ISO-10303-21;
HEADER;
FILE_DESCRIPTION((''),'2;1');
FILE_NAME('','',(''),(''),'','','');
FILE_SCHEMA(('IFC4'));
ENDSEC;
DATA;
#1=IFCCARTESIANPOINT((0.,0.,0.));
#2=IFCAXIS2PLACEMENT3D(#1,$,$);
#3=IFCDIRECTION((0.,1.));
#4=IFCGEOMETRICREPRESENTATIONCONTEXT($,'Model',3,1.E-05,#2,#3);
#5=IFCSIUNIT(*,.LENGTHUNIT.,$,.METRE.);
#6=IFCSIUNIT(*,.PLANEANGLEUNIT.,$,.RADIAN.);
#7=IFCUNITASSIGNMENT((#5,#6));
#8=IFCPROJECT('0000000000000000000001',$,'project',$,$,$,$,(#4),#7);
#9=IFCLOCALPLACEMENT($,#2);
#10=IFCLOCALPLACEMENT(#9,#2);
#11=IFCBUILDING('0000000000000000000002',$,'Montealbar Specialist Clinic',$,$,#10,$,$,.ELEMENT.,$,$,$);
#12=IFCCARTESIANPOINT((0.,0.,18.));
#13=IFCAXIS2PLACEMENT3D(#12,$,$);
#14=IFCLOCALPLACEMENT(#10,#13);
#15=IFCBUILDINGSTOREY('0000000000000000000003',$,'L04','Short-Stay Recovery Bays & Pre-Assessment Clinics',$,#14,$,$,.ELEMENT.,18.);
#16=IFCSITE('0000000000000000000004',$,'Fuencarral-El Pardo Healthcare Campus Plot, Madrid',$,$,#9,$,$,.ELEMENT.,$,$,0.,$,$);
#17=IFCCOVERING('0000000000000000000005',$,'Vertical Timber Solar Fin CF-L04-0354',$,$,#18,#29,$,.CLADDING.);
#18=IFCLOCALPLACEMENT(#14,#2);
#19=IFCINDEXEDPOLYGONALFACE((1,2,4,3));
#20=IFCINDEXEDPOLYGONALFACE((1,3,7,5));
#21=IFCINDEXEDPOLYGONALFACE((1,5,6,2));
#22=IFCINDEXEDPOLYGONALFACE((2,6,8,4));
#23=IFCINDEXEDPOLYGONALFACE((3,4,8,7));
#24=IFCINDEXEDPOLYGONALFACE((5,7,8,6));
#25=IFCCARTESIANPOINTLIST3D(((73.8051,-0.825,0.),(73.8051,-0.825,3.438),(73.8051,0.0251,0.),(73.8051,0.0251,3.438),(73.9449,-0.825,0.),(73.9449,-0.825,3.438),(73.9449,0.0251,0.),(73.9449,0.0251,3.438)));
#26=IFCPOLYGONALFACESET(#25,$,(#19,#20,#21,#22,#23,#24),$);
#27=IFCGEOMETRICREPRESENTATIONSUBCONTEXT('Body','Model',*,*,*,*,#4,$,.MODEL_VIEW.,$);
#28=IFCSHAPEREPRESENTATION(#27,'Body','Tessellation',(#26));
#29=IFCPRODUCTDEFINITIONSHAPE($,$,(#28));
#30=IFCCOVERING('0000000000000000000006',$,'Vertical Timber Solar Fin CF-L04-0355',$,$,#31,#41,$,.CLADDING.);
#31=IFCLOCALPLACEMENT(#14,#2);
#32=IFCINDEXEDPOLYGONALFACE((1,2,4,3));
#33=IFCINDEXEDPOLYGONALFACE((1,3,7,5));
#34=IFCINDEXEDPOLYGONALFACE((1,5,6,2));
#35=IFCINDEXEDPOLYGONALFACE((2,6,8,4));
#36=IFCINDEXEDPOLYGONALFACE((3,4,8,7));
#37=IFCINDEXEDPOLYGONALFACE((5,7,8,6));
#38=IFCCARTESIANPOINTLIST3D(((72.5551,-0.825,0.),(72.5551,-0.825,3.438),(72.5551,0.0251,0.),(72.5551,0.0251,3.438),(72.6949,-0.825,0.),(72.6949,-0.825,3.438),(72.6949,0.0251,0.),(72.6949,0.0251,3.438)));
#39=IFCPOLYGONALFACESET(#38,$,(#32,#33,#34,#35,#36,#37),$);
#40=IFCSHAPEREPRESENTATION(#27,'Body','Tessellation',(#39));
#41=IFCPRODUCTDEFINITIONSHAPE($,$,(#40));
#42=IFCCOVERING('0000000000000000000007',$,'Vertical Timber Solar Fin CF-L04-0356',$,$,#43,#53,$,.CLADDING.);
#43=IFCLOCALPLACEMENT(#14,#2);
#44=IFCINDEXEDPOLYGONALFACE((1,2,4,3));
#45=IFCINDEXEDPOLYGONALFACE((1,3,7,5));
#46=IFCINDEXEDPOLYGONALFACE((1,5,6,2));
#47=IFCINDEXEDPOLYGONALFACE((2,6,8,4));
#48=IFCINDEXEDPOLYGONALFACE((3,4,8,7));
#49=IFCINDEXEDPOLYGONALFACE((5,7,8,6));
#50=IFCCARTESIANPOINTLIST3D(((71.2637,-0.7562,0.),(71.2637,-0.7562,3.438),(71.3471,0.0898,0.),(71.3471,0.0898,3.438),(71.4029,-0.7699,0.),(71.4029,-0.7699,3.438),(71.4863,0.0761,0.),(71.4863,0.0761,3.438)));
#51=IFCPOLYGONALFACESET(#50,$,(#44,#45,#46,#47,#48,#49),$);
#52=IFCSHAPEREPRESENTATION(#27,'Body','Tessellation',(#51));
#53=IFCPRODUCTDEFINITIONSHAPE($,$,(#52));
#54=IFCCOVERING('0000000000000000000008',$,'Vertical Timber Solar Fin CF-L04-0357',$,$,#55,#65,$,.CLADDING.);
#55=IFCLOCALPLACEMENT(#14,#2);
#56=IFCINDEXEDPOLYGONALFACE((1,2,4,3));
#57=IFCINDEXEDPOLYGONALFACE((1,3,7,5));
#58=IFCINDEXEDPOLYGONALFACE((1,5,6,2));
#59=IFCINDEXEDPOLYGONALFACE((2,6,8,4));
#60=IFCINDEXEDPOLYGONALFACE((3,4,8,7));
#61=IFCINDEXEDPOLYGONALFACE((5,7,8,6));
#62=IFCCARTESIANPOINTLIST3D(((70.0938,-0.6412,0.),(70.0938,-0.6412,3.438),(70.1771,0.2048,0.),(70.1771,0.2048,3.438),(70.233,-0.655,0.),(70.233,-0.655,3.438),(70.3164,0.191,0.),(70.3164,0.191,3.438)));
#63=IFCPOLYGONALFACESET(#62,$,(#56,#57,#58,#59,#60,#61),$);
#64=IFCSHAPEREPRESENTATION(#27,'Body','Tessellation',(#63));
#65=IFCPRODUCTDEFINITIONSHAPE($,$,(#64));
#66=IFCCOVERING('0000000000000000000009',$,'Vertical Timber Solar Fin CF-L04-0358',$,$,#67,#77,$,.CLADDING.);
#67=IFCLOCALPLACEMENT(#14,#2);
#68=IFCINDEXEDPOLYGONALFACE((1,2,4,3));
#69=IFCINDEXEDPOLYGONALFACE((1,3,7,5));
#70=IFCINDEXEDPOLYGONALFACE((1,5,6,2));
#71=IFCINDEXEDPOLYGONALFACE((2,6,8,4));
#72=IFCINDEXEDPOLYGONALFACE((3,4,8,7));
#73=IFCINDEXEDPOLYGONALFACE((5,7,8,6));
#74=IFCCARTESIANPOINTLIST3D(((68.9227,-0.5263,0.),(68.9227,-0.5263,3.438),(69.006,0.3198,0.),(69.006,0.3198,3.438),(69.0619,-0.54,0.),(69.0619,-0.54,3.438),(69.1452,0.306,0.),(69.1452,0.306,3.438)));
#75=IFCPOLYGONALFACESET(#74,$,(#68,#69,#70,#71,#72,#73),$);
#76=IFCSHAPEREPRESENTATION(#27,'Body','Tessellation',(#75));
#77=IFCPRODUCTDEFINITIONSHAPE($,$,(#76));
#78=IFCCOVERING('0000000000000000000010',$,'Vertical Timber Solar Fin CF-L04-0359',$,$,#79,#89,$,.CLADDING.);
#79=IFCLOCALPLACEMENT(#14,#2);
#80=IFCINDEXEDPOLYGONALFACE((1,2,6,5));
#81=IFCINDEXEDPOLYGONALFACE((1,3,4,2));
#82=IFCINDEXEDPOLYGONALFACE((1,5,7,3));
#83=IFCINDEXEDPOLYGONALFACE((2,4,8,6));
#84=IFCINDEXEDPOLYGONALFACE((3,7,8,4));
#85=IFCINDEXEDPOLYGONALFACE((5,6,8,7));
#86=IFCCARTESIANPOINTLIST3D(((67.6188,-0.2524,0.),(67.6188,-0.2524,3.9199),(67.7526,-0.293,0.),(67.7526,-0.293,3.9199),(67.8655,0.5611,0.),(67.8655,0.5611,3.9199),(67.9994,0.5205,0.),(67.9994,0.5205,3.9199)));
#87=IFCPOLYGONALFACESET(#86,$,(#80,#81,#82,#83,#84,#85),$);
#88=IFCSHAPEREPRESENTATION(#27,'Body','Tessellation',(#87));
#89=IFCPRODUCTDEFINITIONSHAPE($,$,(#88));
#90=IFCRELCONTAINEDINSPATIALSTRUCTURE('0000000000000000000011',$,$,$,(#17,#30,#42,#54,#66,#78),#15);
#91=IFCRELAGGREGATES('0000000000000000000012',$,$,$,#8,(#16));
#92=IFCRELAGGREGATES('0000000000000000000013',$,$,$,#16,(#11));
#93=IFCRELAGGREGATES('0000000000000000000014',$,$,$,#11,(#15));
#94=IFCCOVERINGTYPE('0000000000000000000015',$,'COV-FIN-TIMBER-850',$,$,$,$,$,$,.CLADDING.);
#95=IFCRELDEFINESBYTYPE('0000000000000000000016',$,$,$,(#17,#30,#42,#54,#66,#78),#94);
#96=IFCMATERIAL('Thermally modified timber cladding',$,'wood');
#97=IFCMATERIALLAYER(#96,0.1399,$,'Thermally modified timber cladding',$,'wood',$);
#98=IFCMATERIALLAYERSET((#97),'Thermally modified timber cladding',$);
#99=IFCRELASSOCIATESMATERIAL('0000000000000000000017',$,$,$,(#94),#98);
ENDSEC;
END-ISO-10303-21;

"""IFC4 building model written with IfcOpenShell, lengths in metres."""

from ifc_helpers import new_model, si_unit, direction, frame, origin, origin_2d, place, context, subcontext, project, spatial, rectangle, extrude, material, layer, layer_set, type_object, element, save


model = new_model("IFC4")

# Units and contexts
model_context = context("Model", 3, precision=1e-05, world=origin(), true_north=direction((0.0, 1.0)))
body_context = subcontext(model_context, "Body", "Model", "MODEL_VIEW")
ifc_project = project(units=[si_unit("LENGTHUNIT", "METRE"), si_unit("PLANEANGLEUNIT", "RADIAN")], contexts=[model_context])

# Site, building, storey
site_placement = place(None, origin())
site = spatial("IfcSite", under=ifc_project, at=site_placement, Name="Fuencarral-El Pardo Healthcare Campus Plot, Madrid", CompositionType="ELEMENT", RefElevation=0.0)
building_placement = place(site_placement, origin())
building = spatial("IfcBuilding", under=site, at=building_placement, Name="Montealbar Specialist Clinic", CompositionType="ELEMENT")
storey_placement = place(building_placement, frame((0.0, 0.0, 18.0)))
storey = spatial("IfcBuildingStorey", under=building, at=storey_placement, Name="L04", Description="Short-Stay Recovery Bays & Pre-Assessment Clinics", CompositionType="ELEMENT", Elevation=18.0)

# Coverings
ifc_material_1 = material(Name="Thermally modified timber cladding", Category="wood")
ifc_layer_1 = layer(ifc_material_1, 0.1399, Name="Thermally modified timber cladding", Category="wood")
ifc_layer_set_1 = layer_set([ifc_layer_1], Name="Thermally modified timber cladding")
covering_type = type_object("IfcCoveringType", Name="COV-FIN-TIMBER-850", PredefinedType="CLADDING", material=ifc_layer_set_1)
for number, where, z_axis, x_axis, name in (
    (1, (73.875, -0.3999, 0.0), (0.0, 0.0, 1.0), (0.0, -1.0, 0.0), "Vertical Timber Solar Fin CF-L04-0354"),
    (2, (72.625, -0.3999, 0.0), (0.0, 0.0, 1.0), (0.0, -1.0, 0.0), "Vertical Timber Solar Fin CF-L04-0355"),
    (3, (71.375, -0.3401, 0.0), (0.0, 0.0, 1.0), (-0.098045, -0.995182, 0.0), "Vertical Timber Solar Fin CF-L04-0356"),
    (4, (70.2051, -0.2251, 0.0), (0.0, 0.0, 1.0), (-0.098045, -0.995182, 0.0), "Vertical Timber Solar Fin CF-L04-0357"),
    (5, (69.0339, -0.1101, 0.0), (0.0, 0.0, 1.0), (-0.098045, -0.995182, 0.0), "Vertical Timber Solar Fin CF-L04-0358"),
):
    element("IfcCovering", number, at=place(storey_placement, frame(where, z_axis=z_axis, x_axis=x_axis)), inside=storey, type_object=covering_type, Name=name, PredefinedType="CLADDING", context=body_context, shape_type="SweptSolid", body=[
        extrude(rectangle(XDim=0.8501, YDim=0.1399, at=origin_2d()), origin(), (0.0, 0.0, 1.0), 3.438),
    ])
covering_placement = place(storey_placement, frame((67.8091, 0.134, 0.0), z_axis=(0.0, 0.0, 1.0), x_axis=(-0.290259, -0.956948, 0.0)))
element("IfcCovering", 6, at=covering_placement, inside=storey, type_object=covering_type, Name="Vertical Timber Solar Fin CF-L04-0359", PredefinedType="CLADDING", context=body_context, shape_type="SweptSolid", body=[
    extrude(rectangle(XDim=0.8501, YDim=0.1399, at=origin_2d()), origin(), (0.0, 0.0, 1.0), 3.9199),
])

save(model, "model.ifc")
